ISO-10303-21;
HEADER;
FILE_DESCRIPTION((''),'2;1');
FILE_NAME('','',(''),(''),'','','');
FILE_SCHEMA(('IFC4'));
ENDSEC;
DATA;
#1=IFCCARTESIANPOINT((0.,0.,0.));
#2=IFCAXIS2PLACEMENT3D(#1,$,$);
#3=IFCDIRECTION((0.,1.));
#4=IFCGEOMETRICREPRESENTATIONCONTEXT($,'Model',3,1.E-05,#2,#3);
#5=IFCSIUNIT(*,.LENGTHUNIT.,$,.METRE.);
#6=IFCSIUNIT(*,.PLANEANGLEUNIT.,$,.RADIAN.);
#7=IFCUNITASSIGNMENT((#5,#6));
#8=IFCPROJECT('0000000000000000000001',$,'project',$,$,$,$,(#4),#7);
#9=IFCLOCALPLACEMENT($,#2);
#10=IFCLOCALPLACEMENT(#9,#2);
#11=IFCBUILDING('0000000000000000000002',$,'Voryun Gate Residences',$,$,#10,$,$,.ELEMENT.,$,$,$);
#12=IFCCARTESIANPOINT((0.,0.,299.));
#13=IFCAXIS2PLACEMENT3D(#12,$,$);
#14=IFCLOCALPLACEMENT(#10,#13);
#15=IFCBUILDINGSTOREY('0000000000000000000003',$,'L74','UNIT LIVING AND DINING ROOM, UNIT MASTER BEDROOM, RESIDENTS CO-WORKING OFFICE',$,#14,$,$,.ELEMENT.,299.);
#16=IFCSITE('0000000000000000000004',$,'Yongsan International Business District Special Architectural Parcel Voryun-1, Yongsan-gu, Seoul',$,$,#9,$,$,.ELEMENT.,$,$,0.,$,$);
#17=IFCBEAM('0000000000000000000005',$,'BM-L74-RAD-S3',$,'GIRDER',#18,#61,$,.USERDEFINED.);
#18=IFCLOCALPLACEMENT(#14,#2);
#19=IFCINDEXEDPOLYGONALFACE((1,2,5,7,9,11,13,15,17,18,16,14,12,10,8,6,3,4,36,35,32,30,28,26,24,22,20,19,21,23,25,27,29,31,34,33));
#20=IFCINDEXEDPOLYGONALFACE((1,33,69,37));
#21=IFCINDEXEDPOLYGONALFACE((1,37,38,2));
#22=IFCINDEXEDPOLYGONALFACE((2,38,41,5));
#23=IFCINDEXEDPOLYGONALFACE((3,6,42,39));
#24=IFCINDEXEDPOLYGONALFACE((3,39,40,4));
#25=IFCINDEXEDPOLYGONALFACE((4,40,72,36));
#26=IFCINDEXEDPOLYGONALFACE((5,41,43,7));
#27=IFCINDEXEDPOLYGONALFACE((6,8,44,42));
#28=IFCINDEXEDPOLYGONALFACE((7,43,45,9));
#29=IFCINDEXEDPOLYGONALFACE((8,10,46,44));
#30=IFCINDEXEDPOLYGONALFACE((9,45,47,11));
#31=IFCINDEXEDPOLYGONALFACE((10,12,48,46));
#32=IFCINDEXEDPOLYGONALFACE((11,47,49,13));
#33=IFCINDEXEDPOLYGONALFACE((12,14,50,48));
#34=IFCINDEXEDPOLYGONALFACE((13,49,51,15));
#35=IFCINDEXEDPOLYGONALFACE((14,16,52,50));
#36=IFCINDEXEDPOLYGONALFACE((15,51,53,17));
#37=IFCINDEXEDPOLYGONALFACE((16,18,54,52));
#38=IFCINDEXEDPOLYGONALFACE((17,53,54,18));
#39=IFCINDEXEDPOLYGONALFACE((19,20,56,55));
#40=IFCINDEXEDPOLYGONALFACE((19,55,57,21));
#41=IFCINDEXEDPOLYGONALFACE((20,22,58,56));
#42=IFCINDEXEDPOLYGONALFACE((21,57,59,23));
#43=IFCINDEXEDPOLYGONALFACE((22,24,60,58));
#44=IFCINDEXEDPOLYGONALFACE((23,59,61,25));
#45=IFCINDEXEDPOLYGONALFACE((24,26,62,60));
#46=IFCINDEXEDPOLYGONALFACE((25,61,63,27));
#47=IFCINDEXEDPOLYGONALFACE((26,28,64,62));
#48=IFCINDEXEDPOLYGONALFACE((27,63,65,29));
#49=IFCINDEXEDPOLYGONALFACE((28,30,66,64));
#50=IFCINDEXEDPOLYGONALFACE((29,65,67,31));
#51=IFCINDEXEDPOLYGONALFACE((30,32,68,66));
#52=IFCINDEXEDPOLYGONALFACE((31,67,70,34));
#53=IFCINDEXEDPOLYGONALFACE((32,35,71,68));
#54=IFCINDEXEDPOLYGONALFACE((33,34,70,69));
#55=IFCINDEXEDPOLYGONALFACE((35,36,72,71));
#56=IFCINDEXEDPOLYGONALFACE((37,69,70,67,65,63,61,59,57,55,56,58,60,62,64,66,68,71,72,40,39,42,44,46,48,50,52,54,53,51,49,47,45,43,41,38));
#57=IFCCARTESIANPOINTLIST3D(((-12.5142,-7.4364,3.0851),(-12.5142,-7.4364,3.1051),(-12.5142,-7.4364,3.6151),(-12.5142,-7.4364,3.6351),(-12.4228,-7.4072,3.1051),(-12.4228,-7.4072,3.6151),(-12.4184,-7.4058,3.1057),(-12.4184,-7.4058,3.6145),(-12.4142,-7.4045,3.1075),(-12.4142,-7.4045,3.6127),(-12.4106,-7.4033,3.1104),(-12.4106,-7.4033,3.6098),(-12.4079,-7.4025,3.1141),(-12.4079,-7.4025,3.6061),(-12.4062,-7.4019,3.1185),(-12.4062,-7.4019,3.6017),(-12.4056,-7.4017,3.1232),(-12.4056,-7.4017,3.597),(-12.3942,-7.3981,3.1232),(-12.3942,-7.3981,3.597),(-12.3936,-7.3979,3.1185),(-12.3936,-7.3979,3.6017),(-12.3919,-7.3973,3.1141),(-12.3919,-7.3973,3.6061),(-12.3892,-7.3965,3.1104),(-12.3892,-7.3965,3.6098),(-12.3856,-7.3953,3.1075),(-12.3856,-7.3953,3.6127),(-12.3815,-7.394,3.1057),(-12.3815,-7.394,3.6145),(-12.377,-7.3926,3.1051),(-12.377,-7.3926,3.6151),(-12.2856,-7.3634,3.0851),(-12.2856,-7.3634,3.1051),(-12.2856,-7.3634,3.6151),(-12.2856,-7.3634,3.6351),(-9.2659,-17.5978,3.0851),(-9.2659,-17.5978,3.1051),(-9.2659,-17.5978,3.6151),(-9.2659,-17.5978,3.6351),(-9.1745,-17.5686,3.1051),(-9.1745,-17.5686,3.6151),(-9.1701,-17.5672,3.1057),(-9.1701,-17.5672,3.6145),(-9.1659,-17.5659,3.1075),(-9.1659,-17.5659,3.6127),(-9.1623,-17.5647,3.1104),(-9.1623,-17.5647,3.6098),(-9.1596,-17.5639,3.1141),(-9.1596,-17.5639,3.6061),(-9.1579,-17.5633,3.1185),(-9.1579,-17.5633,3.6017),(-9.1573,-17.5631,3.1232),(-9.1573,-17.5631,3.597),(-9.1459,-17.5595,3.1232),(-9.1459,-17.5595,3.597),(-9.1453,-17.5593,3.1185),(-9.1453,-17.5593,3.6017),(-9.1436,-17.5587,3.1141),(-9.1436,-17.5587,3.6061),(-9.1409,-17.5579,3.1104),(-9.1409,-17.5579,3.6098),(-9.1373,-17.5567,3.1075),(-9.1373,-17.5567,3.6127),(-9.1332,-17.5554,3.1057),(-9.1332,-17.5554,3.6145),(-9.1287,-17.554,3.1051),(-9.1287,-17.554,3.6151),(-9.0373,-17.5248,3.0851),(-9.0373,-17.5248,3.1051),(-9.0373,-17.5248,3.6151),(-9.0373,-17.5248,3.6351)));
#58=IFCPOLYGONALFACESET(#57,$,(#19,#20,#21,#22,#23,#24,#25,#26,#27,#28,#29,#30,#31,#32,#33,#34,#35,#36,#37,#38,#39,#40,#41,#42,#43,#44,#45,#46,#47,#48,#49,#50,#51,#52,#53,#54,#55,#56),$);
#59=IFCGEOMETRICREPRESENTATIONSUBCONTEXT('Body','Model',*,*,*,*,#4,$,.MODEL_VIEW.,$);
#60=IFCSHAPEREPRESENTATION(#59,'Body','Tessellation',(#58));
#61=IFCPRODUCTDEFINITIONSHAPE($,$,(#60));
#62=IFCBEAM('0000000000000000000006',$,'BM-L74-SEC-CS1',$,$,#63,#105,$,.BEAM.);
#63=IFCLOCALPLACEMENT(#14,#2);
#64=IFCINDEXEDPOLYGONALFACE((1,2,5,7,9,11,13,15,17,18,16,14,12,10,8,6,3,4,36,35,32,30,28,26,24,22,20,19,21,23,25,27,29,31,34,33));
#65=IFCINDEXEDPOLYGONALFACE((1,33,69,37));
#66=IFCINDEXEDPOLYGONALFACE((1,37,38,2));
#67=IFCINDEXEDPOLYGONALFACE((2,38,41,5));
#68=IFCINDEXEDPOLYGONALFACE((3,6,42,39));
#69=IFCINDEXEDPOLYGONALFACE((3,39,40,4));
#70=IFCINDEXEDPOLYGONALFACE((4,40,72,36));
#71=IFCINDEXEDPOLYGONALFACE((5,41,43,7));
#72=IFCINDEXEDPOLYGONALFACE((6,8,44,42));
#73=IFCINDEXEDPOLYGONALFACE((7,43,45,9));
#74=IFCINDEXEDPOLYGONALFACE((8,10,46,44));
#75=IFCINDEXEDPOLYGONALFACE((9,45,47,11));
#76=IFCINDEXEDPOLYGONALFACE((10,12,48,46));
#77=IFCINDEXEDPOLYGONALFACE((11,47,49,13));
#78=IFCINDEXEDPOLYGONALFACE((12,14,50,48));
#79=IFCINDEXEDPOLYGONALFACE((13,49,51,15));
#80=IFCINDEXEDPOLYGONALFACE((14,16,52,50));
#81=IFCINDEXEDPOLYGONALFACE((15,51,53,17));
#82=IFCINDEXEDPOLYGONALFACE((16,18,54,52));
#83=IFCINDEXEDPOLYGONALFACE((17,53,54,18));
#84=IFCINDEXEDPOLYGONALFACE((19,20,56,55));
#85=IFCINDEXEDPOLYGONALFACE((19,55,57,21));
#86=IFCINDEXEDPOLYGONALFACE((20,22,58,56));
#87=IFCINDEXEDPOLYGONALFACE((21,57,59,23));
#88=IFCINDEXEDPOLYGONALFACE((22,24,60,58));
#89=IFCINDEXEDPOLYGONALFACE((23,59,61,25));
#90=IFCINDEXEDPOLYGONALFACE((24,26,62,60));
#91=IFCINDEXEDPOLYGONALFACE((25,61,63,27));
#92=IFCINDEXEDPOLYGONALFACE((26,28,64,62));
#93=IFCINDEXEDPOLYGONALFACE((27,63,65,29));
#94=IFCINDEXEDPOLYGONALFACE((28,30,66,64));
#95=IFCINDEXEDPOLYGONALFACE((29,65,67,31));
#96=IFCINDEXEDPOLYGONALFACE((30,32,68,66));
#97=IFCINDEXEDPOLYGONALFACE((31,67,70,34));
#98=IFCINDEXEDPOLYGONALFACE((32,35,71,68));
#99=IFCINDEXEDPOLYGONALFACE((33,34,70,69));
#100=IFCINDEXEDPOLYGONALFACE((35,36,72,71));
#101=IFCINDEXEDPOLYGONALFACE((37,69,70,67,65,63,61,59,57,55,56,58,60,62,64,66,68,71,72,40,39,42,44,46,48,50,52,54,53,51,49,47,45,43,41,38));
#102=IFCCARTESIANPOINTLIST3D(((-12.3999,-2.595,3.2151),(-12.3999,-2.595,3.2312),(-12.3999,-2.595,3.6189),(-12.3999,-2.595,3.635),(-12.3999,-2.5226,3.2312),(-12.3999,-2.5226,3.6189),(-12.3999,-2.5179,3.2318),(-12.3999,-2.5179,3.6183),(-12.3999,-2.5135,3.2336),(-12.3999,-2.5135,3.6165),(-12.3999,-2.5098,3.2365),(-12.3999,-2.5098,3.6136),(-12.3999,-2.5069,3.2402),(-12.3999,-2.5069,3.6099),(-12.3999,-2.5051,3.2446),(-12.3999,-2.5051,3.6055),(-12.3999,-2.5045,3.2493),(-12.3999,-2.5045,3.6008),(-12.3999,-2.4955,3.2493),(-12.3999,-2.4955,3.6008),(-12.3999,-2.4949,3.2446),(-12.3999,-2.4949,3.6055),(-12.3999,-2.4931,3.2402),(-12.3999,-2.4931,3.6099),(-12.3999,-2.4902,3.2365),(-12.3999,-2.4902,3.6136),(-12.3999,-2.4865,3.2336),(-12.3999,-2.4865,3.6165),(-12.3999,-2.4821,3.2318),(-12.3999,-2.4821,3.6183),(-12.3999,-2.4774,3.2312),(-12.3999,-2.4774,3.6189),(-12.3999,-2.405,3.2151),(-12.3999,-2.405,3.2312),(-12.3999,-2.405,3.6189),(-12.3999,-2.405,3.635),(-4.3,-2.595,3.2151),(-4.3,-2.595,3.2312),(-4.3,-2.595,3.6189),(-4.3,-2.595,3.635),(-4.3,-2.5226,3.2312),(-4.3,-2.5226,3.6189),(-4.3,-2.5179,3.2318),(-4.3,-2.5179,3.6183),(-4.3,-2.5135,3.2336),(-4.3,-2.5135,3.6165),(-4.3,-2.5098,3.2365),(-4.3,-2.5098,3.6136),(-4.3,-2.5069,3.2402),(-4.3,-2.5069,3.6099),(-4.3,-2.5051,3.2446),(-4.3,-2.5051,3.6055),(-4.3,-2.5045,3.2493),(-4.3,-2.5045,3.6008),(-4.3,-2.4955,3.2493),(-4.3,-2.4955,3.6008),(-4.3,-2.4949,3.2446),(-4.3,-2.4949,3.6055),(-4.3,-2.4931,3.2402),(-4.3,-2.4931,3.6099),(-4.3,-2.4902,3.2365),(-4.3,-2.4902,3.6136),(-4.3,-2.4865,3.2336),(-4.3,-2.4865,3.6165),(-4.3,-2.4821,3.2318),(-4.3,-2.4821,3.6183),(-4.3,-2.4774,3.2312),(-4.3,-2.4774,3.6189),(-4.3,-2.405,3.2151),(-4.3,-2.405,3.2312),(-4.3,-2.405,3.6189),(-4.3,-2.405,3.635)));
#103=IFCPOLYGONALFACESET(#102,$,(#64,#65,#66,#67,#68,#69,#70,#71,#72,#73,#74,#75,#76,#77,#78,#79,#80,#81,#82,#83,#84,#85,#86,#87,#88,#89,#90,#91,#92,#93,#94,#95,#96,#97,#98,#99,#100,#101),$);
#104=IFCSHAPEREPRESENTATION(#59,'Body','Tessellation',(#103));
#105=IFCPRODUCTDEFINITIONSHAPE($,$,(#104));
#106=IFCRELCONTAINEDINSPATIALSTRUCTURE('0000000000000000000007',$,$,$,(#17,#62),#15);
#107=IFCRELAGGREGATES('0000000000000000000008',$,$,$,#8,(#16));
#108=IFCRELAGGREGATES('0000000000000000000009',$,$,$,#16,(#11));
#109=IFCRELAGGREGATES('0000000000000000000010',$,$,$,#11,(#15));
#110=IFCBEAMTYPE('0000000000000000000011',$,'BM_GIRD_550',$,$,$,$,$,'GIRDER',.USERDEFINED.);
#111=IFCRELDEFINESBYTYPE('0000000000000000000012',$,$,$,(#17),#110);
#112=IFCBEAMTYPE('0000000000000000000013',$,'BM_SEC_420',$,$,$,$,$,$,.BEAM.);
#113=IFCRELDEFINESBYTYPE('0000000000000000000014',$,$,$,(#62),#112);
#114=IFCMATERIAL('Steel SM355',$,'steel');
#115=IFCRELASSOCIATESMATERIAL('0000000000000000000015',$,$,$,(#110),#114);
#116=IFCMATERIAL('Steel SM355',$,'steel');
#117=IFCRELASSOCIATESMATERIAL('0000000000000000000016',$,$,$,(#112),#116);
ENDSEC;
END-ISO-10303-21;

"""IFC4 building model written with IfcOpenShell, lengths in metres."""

from ifc_helpers import new_model, si_unit, direction, frame, origin, origin_2d, place, context, subcontext, project, spatial, i_section, extrude, material, material_profile, profile_set, type_object, element, save


model = new_model("IFC4")

# Units and contexts
model_context = context("Model", 3, precision=1e-05, world=origin(), true_north=direction((0.0, 1.0)))
body_context = subcontext(model_context, "Body", "Model", "MODEL_VIEW")
ifc_project = project(units=[si_unit("LENGTHUNIT", "METRE"), si_unit("PLANEANGLEUNIT", "RADIAN")], contexts=[model_context])

# Site, building, storey
site_placement = place(None, origin())
site = spatial("IfcSite", under=ifc_project, at=site_placement, Name="Yongsan International Business District Special Architectural Parcel Voryun-1, Yongsan-gu, Seoul", CompositionType="ELEMENT", RefElevation=0.0)
building_placement = place(site_placement, origin())
building = spatial("IfcBuilding", under=site, at=building_placement, Name="Voryun Gate Residences", CompositionType="ELEMENT")
storey_placement = place(building_placement, frame((0.0, 0.0, 299.0)))
storey = spatial("IfcBuildingStorey", under=building, at=storey_placement, Name="L74", Description="UNIT LIVING AND DINING ROOM, UNIT MASTER BEDROOM, RESIDENTS CO-WORKING OFFICE", CompositionType="ELEMENT", Elevation=299.0)

# Beams
ifc_material_1 = material(Name="Steel SM355", Category="steel")
ifc_material_profile_1 = material_profile(ifc_material_1, i_section(OverallWidth=0.24, OverallDepth=0.55, WebThickness=0.012, FlangeThickness=0.02, FilletRadius=0.0181, at=origin_2d()), Name="H-550x240x12x20")
ifc_profile_set_1 = profile_set([ifc_material_profile_1], Name="Steel SM355")
beam_type_1 = type_object("IfcBeamType", Name="BM_GIRD_550", ElementType="GIRDER", PredefinedType="USERDEFINED", material=ifc_profile_set_1)
beam_1_placement = place(storey_placement, frame((-12.3999, -7.3999, 3.3601), z_axis=(0.304491, -0.952515, 0.0), x_axis=(0.952515, 0.304491, 0.0)))
element("IfcBeam", 1, at=beam_1_placement, inside=storey, type_object=beam_type_1, Name="BM-L74-RAD-S3", ObjectType="GIRDER", PredefinedType="USERDEFINED", context=body_context, shape_type="SweptSolid", body=[
    extrude(i_section(OverallWidth=0.24, OverallDepth=0.55, WebThickness=0.012, FlangeThickness=0.02, FilletRadius=0.0181, at=origin_2d()), origin(), (0.0, 0.0, 1.0), 10.668),
])
ifc_material_2 = material(Name="Steel SM355", Category="steel")
ifc_material_profile_2 = material_profile(ifc_material_2, i_section(OverallWidth=0.1899, OverallDepth=0.4199, WebThickness=0.009, FlangeThickness=0.0161, FilletRadius=0.0181, at=origin_2d()), Name="H-420x190x9x16")
ifc_profile_set_2 = profile_set([ifc_material_profile_2], Name="Steel SM355")
beam_type_2 = type_object("IfcBeamType", Name="BM_SEC_420", PredefinedType="BEAM", material=ifc_profile_set_2)
beam_2_placement = place(storey_placement, frame((-12.3999, -2.5, 3.425), z_axis=(1.0, 0.0, 0.0), x_axis=(0.0, 1.0, 0.0)))
element("IfcBeam", 2, at=beam_2_placement, inside=storey, type_object=beam_type_2, Name="BM-L74-SEC-CS1", PredefinedType="BEAM", context=body_context, shape_type="SweptSolid", body=[
    extrude(i_section(OverallWidth=0.1899, OverallDepth=0.4199, WebThickness=0.009, FlangeThickness=0.0161, FilletRadius=0.0181, at=origin_2d()), origin(), (0.0, 0.0, 1.0), 8.0999),
])

save(model, "model.ifc")
